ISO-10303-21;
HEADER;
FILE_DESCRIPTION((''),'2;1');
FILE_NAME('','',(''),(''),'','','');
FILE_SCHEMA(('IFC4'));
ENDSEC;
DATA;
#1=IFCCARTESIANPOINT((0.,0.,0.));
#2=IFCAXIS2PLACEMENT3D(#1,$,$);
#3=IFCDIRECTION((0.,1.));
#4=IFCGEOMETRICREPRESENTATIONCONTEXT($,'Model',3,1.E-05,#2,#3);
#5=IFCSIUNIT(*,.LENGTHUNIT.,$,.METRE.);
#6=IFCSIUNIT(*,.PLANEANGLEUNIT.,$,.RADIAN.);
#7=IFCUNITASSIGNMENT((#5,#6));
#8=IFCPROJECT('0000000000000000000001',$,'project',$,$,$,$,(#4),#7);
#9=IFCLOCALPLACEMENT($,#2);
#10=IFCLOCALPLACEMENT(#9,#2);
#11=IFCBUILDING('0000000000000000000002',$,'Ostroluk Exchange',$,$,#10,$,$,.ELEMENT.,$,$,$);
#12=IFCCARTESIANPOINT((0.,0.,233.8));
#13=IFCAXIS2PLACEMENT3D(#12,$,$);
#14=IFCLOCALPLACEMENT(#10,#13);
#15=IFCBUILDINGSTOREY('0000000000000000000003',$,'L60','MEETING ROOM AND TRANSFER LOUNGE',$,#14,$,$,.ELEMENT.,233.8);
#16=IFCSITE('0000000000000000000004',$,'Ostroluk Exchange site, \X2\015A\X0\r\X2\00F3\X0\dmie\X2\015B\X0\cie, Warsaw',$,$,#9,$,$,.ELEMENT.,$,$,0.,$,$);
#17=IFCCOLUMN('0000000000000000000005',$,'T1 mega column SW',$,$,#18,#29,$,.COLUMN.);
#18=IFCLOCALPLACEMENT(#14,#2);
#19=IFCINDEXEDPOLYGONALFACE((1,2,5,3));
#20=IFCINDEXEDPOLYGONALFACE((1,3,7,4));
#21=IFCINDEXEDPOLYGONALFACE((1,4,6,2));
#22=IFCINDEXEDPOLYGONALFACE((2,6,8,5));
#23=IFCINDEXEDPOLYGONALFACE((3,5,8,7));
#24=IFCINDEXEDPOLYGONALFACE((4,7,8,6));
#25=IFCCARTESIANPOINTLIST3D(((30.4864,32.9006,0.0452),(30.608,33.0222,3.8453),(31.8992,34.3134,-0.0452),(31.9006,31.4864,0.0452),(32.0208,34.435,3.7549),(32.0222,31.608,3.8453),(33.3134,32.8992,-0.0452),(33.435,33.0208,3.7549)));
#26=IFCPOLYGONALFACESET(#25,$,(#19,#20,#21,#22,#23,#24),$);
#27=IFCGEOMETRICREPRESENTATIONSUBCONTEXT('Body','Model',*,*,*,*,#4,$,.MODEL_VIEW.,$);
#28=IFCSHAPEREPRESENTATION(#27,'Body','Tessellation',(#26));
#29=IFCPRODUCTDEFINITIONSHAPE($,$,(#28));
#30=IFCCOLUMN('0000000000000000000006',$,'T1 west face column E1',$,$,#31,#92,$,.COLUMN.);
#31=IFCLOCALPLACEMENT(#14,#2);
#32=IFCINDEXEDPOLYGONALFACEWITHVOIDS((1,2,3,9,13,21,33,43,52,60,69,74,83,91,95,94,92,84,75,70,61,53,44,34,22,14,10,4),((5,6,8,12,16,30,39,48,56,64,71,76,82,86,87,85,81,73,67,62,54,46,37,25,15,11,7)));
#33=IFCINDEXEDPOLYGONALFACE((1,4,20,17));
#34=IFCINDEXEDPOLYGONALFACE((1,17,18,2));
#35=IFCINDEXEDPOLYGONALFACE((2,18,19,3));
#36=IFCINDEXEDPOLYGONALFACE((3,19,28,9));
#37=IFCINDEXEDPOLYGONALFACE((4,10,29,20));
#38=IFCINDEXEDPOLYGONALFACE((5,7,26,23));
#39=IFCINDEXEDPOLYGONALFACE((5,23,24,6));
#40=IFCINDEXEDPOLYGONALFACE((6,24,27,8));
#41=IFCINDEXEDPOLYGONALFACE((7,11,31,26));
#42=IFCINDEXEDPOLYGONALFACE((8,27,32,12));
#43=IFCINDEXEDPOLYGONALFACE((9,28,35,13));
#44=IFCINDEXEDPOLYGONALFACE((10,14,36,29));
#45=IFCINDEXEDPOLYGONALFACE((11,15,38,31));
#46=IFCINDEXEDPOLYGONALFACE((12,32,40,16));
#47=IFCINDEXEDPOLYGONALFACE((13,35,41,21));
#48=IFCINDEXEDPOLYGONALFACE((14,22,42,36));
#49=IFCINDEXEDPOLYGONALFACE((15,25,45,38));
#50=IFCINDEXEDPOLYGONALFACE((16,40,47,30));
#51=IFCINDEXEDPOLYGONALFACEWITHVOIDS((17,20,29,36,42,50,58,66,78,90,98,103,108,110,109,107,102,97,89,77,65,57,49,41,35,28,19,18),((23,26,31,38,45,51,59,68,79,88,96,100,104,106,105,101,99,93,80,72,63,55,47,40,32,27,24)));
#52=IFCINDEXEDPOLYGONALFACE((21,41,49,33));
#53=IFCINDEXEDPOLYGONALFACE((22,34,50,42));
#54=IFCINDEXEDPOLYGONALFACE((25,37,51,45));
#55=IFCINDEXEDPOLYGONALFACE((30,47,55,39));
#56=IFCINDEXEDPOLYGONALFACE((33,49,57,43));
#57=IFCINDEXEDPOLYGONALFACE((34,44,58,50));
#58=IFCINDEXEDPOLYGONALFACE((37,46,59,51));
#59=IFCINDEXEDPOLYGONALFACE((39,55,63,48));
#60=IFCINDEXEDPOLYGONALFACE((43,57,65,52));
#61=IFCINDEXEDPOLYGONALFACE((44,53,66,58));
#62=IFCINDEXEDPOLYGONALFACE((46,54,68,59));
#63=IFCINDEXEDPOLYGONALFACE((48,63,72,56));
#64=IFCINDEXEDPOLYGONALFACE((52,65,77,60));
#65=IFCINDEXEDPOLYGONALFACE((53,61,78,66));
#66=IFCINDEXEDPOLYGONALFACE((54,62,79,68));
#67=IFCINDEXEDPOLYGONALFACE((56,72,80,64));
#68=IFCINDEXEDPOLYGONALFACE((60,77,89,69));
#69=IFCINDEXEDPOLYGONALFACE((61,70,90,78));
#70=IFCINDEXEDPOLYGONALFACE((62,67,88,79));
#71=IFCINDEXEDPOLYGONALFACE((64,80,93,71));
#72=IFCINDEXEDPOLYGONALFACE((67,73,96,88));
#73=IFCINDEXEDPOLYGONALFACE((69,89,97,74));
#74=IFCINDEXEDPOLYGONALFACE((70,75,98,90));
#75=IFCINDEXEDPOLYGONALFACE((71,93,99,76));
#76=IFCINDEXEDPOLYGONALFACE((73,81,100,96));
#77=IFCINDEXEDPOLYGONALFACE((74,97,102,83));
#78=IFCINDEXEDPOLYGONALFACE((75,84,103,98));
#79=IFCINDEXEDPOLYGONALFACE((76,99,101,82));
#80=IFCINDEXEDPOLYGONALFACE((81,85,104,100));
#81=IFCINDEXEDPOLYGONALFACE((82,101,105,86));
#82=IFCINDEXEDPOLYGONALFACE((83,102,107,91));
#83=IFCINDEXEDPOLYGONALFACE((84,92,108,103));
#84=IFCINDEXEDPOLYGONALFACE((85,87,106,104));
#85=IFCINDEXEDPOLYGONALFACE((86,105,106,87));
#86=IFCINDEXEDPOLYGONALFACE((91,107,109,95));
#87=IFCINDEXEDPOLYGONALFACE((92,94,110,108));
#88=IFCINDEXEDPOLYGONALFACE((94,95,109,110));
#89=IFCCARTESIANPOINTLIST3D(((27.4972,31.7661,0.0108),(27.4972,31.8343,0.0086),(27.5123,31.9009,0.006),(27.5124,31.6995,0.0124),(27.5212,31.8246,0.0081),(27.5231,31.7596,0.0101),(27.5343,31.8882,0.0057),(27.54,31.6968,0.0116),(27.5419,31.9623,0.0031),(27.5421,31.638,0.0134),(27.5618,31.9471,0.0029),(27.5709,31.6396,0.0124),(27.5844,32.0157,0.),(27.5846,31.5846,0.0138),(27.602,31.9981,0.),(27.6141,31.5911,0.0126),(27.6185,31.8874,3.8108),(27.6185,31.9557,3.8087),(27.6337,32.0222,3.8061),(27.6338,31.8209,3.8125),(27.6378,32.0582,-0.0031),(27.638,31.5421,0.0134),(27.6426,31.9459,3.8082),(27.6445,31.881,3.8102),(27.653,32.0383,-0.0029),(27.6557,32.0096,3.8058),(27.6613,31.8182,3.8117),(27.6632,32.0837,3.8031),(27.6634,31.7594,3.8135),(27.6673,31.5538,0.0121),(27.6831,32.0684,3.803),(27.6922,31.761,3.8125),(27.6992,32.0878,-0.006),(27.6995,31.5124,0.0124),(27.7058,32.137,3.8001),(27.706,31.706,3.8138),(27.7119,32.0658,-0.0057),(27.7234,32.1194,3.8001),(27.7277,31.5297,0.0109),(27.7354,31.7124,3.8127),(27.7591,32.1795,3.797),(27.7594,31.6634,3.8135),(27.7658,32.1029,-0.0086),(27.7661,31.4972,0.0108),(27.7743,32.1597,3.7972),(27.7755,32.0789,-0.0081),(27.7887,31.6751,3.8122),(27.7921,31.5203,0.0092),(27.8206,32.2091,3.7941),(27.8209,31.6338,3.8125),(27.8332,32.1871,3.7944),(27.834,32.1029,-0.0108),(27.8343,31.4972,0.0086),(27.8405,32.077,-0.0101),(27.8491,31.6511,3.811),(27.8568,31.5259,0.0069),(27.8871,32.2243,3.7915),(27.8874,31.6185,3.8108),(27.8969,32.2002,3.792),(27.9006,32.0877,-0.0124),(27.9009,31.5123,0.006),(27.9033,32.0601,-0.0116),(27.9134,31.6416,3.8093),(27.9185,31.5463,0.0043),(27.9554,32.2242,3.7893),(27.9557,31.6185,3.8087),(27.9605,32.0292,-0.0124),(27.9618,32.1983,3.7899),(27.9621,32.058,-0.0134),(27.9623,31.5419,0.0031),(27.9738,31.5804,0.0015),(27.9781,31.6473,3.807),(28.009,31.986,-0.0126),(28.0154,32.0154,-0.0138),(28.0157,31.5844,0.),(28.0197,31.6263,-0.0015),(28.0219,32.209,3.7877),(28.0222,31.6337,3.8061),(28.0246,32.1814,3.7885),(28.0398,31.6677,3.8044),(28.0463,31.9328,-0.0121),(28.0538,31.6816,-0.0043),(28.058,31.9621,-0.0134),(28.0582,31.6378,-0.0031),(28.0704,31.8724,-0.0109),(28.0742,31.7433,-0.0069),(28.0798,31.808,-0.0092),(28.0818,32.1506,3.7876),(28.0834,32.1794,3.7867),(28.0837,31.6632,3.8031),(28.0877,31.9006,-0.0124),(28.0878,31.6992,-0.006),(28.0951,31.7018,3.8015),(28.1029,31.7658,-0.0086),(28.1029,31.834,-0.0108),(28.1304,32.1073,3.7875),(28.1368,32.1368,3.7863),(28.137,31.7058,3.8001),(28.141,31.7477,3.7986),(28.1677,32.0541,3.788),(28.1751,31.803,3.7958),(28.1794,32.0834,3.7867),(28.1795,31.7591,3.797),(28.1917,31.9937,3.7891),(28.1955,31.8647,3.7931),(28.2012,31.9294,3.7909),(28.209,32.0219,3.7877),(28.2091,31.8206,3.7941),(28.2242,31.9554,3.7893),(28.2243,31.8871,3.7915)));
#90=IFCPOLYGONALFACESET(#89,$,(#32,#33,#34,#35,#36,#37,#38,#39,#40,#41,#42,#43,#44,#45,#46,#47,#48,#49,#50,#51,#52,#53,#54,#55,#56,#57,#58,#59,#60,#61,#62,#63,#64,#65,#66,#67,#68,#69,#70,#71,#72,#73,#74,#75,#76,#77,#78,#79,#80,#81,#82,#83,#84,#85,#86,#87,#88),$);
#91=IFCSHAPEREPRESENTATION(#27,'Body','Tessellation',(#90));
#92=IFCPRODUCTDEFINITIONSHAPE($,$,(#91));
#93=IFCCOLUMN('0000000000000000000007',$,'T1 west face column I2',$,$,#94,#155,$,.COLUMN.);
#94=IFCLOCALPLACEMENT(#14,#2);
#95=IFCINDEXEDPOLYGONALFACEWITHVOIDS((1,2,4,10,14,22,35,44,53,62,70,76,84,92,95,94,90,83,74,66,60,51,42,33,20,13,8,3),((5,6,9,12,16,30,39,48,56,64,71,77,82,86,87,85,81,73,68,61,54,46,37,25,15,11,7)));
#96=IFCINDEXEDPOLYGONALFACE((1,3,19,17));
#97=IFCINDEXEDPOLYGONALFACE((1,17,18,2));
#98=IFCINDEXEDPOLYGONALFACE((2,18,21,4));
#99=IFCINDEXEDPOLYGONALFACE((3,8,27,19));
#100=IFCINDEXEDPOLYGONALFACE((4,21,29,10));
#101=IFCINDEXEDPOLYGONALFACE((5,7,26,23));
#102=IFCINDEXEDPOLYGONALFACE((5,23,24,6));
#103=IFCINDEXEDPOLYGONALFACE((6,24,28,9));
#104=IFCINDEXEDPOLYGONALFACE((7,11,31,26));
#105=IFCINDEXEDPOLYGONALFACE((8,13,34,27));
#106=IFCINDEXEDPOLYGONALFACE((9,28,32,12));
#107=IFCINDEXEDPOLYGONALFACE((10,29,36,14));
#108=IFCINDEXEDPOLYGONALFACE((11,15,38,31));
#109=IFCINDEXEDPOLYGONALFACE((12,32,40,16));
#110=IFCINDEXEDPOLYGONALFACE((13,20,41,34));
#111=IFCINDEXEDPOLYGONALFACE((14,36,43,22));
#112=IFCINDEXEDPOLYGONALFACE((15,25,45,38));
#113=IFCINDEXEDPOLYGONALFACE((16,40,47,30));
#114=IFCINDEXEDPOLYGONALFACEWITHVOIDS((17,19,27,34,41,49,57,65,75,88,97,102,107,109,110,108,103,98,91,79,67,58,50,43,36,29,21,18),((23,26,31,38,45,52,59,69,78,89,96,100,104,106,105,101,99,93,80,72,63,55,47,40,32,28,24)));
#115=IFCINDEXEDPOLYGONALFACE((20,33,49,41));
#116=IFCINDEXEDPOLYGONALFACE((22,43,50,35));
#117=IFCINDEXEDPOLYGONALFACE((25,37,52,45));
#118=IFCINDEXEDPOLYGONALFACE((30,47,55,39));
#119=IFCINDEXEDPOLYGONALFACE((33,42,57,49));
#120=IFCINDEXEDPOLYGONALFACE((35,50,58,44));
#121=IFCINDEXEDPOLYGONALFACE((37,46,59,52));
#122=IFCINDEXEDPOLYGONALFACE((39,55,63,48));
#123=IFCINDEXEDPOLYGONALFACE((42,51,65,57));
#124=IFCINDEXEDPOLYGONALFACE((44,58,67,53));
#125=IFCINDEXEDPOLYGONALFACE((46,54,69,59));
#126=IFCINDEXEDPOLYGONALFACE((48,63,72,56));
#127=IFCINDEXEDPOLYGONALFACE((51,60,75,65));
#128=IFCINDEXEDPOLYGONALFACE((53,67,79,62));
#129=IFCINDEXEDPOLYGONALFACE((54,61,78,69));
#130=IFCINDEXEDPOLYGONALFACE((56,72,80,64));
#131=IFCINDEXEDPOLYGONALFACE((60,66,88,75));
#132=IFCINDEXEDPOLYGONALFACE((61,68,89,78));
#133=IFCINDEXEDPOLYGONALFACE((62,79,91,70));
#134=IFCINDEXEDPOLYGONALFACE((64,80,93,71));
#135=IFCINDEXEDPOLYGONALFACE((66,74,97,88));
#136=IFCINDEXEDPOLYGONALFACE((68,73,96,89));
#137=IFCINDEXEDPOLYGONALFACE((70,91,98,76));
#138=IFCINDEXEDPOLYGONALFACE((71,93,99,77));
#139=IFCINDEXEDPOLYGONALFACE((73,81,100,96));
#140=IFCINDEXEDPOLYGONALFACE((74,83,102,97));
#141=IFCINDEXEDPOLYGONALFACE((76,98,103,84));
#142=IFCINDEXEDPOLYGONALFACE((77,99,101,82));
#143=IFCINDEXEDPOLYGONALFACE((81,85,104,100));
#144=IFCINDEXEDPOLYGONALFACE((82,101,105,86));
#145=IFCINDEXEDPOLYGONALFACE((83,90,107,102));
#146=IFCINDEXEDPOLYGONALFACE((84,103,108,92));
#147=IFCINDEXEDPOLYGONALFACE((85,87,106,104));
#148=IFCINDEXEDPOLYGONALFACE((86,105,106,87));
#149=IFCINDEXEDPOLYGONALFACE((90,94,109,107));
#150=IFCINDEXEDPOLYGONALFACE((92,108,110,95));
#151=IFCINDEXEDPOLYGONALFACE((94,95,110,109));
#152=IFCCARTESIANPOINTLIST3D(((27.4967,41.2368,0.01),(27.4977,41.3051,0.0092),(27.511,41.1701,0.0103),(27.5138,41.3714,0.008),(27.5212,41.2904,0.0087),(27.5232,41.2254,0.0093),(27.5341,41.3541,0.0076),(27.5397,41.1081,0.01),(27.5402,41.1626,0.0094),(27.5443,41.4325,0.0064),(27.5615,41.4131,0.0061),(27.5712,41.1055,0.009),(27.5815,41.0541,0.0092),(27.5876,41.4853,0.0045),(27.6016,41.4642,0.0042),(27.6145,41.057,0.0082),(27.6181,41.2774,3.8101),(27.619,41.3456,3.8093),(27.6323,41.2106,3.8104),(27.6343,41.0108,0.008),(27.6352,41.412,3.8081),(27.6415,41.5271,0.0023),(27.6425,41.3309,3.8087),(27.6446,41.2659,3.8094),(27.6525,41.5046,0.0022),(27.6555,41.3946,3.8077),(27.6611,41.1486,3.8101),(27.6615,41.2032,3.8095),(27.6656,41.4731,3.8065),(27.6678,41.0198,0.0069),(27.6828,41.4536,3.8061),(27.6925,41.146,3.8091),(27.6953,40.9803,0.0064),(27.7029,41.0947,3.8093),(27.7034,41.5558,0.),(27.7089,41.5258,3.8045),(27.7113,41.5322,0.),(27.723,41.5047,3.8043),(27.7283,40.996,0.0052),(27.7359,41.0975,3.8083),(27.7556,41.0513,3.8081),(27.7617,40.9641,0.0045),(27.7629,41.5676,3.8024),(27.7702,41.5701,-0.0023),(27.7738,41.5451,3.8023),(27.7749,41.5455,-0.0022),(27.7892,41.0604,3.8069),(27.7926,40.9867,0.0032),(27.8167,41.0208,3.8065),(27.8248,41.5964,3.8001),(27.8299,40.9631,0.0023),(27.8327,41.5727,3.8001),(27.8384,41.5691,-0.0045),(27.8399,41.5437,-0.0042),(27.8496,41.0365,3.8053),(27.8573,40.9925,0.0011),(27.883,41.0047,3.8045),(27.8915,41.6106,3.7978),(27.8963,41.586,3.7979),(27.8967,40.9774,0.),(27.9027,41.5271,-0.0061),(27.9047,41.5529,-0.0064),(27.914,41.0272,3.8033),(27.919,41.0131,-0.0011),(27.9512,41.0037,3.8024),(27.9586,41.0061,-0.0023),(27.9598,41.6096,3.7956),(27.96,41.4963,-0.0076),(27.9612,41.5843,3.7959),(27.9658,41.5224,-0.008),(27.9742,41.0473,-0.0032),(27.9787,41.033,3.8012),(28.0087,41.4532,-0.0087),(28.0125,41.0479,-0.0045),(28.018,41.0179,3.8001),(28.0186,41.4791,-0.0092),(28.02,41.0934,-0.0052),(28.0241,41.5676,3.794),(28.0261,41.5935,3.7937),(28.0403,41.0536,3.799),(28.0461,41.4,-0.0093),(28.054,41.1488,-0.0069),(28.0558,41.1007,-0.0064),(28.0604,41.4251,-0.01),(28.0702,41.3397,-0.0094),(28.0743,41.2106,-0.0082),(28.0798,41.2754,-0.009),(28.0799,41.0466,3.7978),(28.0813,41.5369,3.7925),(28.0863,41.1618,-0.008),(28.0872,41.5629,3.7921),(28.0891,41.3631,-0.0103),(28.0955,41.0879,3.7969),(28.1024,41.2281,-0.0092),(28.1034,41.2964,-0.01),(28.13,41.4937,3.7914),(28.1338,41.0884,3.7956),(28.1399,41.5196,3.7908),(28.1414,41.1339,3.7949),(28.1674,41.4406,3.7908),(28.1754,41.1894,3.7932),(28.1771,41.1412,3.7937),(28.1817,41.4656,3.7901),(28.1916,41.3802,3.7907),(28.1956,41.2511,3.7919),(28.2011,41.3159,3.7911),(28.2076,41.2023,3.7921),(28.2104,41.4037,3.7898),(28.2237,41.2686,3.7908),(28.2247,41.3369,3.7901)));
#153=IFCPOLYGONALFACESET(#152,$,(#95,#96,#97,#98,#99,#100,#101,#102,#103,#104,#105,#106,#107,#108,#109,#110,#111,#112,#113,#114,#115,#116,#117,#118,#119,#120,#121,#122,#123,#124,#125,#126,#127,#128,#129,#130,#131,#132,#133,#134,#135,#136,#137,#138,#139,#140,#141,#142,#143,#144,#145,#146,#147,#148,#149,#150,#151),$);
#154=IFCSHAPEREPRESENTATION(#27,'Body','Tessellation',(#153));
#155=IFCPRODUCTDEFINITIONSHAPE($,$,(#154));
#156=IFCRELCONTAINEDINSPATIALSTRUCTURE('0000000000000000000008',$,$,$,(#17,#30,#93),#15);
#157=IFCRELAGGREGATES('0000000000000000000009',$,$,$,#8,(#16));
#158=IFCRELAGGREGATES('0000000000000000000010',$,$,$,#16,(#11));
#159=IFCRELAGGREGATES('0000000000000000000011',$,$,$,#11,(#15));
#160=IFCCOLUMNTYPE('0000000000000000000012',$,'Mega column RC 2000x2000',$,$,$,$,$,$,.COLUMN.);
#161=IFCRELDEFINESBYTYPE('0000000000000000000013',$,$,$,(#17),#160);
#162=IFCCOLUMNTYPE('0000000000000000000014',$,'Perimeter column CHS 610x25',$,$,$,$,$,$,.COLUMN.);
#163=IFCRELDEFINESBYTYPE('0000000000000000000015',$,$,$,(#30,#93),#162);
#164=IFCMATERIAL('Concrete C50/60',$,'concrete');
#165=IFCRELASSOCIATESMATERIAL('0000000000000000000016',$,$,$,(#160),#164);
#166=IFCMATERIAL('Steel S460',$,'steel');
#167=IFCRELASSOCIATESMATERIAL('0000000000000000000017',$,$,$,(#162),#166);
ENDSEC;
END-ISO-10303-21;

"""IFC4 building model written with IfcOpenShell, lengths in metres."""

from ifc_helpers import new_model, si_unit, direction, frame, origin, origin_2d, place, context, subcontext, project, spatial, rectangle, hollow_circle, extrude, material, material_profile, profile_set, type_object, element, save


model = new_model("IFC4")

# Units and contexts
model_context = context("Model", 3, precision=1e-05, world=origin(), true_north=direction((0.0, 1.0)))
body_context = subcontext(model_context, "Body", "Model", "MODEL_VIEW")
ifc_project = project(units=[si_unit("LENGTHUNIT", "METRE"), si_unit("PLANEANGLEUNIT", "RADIAN")], contexts=[model_context])

# Site, building, storey
site_placement = place(None, origin())
site = spatial("IfcSite", under=ifc_project, at=site_placement, Name="Ostroluk Exchange site, Śródmieście, Warsaw", CompositionType="ELEMENT", RefElevation=0.0)
building_placement = place(site_placement, origin())
building = spatial("IfcBuilding", under=site, at=building_placement, Name="Ostroluk Exchange", CompositionType="ELEMENT")
storey_placement = place(building_placement, frame((0.0, 0.0, 233.8)))
storey = spatial("IfcBuildingStorey", under=building, at=storey_placement, Name="L60", Description="MEETING ROOM AND TRANSFER LOUNGE", CompositionType="ELEMENT", Elevation=233.8)

# Columns
ifc_material_1 = material(Name="Concrete C50/60", Category="concrete")
ifc_material_profile_1 = material_profile(ifc_material_1, rectangle(XDim=2.0, YDim=2.0, at=origin_2d()), Name="RC 2000x2000")
ifc_profile_set_1 = profile_set([ifc_material_profile_1], Name="Concrete C50/60")
column_type_1 = type_object("IfcColumnType", Name="Mega column RC 2000x2000", PredefinedType="COLUMN", material=ifc_profile_set_1)
column_1_placement = place(storey_placement, frame((31.8999, 32.8999, 0.0), z_axis=(0.031962, 0.031962, 0.998978), x_axis=(-0.707107, 0.707107, 0.0)))
element("IfcColumn", 1, at=column_1_placement, inside=storey, type_object=column_type_1, Name="T1 mega column SW", PredefinedType="COLUMN", context=body_context, shape_type="SweptSolid", body=[
    extrude(rectangle(XDim=2.0, YDim=2.0, at=origin_2d()), origin(), (0.0, 0.0, 1.0), 3.804),
])
ifc_material_2 = material(Name="Steel S460", Category="steel")
ifc_material_profile_2 = material_profile(ifc_material_2, hollow_circle(Radius=0.3049, WallThickness=0.0249, at=origin_2d()), Name="CHS 610x25")
ifc_profile_set_2 = profile_set([ifc_material_profile_2], Name="Steel S460")
column_type_2 = type_object("IfcColumnType", Name="Perimeter column CHS 610x25", PredefinedType="COLUMN", material=ifc_profile_set_2)
column_2_placement = place(storey_placement, frame((27.8, 31.8, 0.0), z_axis=(0.031898, 0.031898, 0.998982), x_axis=(-0.707107, 0.707107, 0.0)))
element("IfcColumn", 2, at=column_2_placement, inside=storey, type_object=column_type_2, Name="T1 west face column E1", PredefinedType="COLUMN", context=body_context, shape_type="SweptSolid", body=[
    extrude(hollow_circle(Radius=0.3049, WallThickness=0.0249, at=origin_2d()), origin(), (0.0, 0.0, 1.0), 3.804),
])
column_3_placement = place(storey_placement, frame((27.8, 41.2666, 0.0), z_axis=(0.031913, 0.010659, 0.999434), x_axis=(-0.3168, 0.948492, 0.0)))
element("IfcColumn", 3, at=column_3_placement, inside=storey, type_object=column_type_2, Name="T1 west face column I2", PredefinedType="COLUMN", context=body_context, shape_type="SweptSolid", body=[
    extrude(hollow_circle(Radius=0.3049, WallThickness=0.0249, at=origin_2d()), origin(), (0.0, 0.0, 1.0), 3.8022),
])

save(model, "model.ifc")
